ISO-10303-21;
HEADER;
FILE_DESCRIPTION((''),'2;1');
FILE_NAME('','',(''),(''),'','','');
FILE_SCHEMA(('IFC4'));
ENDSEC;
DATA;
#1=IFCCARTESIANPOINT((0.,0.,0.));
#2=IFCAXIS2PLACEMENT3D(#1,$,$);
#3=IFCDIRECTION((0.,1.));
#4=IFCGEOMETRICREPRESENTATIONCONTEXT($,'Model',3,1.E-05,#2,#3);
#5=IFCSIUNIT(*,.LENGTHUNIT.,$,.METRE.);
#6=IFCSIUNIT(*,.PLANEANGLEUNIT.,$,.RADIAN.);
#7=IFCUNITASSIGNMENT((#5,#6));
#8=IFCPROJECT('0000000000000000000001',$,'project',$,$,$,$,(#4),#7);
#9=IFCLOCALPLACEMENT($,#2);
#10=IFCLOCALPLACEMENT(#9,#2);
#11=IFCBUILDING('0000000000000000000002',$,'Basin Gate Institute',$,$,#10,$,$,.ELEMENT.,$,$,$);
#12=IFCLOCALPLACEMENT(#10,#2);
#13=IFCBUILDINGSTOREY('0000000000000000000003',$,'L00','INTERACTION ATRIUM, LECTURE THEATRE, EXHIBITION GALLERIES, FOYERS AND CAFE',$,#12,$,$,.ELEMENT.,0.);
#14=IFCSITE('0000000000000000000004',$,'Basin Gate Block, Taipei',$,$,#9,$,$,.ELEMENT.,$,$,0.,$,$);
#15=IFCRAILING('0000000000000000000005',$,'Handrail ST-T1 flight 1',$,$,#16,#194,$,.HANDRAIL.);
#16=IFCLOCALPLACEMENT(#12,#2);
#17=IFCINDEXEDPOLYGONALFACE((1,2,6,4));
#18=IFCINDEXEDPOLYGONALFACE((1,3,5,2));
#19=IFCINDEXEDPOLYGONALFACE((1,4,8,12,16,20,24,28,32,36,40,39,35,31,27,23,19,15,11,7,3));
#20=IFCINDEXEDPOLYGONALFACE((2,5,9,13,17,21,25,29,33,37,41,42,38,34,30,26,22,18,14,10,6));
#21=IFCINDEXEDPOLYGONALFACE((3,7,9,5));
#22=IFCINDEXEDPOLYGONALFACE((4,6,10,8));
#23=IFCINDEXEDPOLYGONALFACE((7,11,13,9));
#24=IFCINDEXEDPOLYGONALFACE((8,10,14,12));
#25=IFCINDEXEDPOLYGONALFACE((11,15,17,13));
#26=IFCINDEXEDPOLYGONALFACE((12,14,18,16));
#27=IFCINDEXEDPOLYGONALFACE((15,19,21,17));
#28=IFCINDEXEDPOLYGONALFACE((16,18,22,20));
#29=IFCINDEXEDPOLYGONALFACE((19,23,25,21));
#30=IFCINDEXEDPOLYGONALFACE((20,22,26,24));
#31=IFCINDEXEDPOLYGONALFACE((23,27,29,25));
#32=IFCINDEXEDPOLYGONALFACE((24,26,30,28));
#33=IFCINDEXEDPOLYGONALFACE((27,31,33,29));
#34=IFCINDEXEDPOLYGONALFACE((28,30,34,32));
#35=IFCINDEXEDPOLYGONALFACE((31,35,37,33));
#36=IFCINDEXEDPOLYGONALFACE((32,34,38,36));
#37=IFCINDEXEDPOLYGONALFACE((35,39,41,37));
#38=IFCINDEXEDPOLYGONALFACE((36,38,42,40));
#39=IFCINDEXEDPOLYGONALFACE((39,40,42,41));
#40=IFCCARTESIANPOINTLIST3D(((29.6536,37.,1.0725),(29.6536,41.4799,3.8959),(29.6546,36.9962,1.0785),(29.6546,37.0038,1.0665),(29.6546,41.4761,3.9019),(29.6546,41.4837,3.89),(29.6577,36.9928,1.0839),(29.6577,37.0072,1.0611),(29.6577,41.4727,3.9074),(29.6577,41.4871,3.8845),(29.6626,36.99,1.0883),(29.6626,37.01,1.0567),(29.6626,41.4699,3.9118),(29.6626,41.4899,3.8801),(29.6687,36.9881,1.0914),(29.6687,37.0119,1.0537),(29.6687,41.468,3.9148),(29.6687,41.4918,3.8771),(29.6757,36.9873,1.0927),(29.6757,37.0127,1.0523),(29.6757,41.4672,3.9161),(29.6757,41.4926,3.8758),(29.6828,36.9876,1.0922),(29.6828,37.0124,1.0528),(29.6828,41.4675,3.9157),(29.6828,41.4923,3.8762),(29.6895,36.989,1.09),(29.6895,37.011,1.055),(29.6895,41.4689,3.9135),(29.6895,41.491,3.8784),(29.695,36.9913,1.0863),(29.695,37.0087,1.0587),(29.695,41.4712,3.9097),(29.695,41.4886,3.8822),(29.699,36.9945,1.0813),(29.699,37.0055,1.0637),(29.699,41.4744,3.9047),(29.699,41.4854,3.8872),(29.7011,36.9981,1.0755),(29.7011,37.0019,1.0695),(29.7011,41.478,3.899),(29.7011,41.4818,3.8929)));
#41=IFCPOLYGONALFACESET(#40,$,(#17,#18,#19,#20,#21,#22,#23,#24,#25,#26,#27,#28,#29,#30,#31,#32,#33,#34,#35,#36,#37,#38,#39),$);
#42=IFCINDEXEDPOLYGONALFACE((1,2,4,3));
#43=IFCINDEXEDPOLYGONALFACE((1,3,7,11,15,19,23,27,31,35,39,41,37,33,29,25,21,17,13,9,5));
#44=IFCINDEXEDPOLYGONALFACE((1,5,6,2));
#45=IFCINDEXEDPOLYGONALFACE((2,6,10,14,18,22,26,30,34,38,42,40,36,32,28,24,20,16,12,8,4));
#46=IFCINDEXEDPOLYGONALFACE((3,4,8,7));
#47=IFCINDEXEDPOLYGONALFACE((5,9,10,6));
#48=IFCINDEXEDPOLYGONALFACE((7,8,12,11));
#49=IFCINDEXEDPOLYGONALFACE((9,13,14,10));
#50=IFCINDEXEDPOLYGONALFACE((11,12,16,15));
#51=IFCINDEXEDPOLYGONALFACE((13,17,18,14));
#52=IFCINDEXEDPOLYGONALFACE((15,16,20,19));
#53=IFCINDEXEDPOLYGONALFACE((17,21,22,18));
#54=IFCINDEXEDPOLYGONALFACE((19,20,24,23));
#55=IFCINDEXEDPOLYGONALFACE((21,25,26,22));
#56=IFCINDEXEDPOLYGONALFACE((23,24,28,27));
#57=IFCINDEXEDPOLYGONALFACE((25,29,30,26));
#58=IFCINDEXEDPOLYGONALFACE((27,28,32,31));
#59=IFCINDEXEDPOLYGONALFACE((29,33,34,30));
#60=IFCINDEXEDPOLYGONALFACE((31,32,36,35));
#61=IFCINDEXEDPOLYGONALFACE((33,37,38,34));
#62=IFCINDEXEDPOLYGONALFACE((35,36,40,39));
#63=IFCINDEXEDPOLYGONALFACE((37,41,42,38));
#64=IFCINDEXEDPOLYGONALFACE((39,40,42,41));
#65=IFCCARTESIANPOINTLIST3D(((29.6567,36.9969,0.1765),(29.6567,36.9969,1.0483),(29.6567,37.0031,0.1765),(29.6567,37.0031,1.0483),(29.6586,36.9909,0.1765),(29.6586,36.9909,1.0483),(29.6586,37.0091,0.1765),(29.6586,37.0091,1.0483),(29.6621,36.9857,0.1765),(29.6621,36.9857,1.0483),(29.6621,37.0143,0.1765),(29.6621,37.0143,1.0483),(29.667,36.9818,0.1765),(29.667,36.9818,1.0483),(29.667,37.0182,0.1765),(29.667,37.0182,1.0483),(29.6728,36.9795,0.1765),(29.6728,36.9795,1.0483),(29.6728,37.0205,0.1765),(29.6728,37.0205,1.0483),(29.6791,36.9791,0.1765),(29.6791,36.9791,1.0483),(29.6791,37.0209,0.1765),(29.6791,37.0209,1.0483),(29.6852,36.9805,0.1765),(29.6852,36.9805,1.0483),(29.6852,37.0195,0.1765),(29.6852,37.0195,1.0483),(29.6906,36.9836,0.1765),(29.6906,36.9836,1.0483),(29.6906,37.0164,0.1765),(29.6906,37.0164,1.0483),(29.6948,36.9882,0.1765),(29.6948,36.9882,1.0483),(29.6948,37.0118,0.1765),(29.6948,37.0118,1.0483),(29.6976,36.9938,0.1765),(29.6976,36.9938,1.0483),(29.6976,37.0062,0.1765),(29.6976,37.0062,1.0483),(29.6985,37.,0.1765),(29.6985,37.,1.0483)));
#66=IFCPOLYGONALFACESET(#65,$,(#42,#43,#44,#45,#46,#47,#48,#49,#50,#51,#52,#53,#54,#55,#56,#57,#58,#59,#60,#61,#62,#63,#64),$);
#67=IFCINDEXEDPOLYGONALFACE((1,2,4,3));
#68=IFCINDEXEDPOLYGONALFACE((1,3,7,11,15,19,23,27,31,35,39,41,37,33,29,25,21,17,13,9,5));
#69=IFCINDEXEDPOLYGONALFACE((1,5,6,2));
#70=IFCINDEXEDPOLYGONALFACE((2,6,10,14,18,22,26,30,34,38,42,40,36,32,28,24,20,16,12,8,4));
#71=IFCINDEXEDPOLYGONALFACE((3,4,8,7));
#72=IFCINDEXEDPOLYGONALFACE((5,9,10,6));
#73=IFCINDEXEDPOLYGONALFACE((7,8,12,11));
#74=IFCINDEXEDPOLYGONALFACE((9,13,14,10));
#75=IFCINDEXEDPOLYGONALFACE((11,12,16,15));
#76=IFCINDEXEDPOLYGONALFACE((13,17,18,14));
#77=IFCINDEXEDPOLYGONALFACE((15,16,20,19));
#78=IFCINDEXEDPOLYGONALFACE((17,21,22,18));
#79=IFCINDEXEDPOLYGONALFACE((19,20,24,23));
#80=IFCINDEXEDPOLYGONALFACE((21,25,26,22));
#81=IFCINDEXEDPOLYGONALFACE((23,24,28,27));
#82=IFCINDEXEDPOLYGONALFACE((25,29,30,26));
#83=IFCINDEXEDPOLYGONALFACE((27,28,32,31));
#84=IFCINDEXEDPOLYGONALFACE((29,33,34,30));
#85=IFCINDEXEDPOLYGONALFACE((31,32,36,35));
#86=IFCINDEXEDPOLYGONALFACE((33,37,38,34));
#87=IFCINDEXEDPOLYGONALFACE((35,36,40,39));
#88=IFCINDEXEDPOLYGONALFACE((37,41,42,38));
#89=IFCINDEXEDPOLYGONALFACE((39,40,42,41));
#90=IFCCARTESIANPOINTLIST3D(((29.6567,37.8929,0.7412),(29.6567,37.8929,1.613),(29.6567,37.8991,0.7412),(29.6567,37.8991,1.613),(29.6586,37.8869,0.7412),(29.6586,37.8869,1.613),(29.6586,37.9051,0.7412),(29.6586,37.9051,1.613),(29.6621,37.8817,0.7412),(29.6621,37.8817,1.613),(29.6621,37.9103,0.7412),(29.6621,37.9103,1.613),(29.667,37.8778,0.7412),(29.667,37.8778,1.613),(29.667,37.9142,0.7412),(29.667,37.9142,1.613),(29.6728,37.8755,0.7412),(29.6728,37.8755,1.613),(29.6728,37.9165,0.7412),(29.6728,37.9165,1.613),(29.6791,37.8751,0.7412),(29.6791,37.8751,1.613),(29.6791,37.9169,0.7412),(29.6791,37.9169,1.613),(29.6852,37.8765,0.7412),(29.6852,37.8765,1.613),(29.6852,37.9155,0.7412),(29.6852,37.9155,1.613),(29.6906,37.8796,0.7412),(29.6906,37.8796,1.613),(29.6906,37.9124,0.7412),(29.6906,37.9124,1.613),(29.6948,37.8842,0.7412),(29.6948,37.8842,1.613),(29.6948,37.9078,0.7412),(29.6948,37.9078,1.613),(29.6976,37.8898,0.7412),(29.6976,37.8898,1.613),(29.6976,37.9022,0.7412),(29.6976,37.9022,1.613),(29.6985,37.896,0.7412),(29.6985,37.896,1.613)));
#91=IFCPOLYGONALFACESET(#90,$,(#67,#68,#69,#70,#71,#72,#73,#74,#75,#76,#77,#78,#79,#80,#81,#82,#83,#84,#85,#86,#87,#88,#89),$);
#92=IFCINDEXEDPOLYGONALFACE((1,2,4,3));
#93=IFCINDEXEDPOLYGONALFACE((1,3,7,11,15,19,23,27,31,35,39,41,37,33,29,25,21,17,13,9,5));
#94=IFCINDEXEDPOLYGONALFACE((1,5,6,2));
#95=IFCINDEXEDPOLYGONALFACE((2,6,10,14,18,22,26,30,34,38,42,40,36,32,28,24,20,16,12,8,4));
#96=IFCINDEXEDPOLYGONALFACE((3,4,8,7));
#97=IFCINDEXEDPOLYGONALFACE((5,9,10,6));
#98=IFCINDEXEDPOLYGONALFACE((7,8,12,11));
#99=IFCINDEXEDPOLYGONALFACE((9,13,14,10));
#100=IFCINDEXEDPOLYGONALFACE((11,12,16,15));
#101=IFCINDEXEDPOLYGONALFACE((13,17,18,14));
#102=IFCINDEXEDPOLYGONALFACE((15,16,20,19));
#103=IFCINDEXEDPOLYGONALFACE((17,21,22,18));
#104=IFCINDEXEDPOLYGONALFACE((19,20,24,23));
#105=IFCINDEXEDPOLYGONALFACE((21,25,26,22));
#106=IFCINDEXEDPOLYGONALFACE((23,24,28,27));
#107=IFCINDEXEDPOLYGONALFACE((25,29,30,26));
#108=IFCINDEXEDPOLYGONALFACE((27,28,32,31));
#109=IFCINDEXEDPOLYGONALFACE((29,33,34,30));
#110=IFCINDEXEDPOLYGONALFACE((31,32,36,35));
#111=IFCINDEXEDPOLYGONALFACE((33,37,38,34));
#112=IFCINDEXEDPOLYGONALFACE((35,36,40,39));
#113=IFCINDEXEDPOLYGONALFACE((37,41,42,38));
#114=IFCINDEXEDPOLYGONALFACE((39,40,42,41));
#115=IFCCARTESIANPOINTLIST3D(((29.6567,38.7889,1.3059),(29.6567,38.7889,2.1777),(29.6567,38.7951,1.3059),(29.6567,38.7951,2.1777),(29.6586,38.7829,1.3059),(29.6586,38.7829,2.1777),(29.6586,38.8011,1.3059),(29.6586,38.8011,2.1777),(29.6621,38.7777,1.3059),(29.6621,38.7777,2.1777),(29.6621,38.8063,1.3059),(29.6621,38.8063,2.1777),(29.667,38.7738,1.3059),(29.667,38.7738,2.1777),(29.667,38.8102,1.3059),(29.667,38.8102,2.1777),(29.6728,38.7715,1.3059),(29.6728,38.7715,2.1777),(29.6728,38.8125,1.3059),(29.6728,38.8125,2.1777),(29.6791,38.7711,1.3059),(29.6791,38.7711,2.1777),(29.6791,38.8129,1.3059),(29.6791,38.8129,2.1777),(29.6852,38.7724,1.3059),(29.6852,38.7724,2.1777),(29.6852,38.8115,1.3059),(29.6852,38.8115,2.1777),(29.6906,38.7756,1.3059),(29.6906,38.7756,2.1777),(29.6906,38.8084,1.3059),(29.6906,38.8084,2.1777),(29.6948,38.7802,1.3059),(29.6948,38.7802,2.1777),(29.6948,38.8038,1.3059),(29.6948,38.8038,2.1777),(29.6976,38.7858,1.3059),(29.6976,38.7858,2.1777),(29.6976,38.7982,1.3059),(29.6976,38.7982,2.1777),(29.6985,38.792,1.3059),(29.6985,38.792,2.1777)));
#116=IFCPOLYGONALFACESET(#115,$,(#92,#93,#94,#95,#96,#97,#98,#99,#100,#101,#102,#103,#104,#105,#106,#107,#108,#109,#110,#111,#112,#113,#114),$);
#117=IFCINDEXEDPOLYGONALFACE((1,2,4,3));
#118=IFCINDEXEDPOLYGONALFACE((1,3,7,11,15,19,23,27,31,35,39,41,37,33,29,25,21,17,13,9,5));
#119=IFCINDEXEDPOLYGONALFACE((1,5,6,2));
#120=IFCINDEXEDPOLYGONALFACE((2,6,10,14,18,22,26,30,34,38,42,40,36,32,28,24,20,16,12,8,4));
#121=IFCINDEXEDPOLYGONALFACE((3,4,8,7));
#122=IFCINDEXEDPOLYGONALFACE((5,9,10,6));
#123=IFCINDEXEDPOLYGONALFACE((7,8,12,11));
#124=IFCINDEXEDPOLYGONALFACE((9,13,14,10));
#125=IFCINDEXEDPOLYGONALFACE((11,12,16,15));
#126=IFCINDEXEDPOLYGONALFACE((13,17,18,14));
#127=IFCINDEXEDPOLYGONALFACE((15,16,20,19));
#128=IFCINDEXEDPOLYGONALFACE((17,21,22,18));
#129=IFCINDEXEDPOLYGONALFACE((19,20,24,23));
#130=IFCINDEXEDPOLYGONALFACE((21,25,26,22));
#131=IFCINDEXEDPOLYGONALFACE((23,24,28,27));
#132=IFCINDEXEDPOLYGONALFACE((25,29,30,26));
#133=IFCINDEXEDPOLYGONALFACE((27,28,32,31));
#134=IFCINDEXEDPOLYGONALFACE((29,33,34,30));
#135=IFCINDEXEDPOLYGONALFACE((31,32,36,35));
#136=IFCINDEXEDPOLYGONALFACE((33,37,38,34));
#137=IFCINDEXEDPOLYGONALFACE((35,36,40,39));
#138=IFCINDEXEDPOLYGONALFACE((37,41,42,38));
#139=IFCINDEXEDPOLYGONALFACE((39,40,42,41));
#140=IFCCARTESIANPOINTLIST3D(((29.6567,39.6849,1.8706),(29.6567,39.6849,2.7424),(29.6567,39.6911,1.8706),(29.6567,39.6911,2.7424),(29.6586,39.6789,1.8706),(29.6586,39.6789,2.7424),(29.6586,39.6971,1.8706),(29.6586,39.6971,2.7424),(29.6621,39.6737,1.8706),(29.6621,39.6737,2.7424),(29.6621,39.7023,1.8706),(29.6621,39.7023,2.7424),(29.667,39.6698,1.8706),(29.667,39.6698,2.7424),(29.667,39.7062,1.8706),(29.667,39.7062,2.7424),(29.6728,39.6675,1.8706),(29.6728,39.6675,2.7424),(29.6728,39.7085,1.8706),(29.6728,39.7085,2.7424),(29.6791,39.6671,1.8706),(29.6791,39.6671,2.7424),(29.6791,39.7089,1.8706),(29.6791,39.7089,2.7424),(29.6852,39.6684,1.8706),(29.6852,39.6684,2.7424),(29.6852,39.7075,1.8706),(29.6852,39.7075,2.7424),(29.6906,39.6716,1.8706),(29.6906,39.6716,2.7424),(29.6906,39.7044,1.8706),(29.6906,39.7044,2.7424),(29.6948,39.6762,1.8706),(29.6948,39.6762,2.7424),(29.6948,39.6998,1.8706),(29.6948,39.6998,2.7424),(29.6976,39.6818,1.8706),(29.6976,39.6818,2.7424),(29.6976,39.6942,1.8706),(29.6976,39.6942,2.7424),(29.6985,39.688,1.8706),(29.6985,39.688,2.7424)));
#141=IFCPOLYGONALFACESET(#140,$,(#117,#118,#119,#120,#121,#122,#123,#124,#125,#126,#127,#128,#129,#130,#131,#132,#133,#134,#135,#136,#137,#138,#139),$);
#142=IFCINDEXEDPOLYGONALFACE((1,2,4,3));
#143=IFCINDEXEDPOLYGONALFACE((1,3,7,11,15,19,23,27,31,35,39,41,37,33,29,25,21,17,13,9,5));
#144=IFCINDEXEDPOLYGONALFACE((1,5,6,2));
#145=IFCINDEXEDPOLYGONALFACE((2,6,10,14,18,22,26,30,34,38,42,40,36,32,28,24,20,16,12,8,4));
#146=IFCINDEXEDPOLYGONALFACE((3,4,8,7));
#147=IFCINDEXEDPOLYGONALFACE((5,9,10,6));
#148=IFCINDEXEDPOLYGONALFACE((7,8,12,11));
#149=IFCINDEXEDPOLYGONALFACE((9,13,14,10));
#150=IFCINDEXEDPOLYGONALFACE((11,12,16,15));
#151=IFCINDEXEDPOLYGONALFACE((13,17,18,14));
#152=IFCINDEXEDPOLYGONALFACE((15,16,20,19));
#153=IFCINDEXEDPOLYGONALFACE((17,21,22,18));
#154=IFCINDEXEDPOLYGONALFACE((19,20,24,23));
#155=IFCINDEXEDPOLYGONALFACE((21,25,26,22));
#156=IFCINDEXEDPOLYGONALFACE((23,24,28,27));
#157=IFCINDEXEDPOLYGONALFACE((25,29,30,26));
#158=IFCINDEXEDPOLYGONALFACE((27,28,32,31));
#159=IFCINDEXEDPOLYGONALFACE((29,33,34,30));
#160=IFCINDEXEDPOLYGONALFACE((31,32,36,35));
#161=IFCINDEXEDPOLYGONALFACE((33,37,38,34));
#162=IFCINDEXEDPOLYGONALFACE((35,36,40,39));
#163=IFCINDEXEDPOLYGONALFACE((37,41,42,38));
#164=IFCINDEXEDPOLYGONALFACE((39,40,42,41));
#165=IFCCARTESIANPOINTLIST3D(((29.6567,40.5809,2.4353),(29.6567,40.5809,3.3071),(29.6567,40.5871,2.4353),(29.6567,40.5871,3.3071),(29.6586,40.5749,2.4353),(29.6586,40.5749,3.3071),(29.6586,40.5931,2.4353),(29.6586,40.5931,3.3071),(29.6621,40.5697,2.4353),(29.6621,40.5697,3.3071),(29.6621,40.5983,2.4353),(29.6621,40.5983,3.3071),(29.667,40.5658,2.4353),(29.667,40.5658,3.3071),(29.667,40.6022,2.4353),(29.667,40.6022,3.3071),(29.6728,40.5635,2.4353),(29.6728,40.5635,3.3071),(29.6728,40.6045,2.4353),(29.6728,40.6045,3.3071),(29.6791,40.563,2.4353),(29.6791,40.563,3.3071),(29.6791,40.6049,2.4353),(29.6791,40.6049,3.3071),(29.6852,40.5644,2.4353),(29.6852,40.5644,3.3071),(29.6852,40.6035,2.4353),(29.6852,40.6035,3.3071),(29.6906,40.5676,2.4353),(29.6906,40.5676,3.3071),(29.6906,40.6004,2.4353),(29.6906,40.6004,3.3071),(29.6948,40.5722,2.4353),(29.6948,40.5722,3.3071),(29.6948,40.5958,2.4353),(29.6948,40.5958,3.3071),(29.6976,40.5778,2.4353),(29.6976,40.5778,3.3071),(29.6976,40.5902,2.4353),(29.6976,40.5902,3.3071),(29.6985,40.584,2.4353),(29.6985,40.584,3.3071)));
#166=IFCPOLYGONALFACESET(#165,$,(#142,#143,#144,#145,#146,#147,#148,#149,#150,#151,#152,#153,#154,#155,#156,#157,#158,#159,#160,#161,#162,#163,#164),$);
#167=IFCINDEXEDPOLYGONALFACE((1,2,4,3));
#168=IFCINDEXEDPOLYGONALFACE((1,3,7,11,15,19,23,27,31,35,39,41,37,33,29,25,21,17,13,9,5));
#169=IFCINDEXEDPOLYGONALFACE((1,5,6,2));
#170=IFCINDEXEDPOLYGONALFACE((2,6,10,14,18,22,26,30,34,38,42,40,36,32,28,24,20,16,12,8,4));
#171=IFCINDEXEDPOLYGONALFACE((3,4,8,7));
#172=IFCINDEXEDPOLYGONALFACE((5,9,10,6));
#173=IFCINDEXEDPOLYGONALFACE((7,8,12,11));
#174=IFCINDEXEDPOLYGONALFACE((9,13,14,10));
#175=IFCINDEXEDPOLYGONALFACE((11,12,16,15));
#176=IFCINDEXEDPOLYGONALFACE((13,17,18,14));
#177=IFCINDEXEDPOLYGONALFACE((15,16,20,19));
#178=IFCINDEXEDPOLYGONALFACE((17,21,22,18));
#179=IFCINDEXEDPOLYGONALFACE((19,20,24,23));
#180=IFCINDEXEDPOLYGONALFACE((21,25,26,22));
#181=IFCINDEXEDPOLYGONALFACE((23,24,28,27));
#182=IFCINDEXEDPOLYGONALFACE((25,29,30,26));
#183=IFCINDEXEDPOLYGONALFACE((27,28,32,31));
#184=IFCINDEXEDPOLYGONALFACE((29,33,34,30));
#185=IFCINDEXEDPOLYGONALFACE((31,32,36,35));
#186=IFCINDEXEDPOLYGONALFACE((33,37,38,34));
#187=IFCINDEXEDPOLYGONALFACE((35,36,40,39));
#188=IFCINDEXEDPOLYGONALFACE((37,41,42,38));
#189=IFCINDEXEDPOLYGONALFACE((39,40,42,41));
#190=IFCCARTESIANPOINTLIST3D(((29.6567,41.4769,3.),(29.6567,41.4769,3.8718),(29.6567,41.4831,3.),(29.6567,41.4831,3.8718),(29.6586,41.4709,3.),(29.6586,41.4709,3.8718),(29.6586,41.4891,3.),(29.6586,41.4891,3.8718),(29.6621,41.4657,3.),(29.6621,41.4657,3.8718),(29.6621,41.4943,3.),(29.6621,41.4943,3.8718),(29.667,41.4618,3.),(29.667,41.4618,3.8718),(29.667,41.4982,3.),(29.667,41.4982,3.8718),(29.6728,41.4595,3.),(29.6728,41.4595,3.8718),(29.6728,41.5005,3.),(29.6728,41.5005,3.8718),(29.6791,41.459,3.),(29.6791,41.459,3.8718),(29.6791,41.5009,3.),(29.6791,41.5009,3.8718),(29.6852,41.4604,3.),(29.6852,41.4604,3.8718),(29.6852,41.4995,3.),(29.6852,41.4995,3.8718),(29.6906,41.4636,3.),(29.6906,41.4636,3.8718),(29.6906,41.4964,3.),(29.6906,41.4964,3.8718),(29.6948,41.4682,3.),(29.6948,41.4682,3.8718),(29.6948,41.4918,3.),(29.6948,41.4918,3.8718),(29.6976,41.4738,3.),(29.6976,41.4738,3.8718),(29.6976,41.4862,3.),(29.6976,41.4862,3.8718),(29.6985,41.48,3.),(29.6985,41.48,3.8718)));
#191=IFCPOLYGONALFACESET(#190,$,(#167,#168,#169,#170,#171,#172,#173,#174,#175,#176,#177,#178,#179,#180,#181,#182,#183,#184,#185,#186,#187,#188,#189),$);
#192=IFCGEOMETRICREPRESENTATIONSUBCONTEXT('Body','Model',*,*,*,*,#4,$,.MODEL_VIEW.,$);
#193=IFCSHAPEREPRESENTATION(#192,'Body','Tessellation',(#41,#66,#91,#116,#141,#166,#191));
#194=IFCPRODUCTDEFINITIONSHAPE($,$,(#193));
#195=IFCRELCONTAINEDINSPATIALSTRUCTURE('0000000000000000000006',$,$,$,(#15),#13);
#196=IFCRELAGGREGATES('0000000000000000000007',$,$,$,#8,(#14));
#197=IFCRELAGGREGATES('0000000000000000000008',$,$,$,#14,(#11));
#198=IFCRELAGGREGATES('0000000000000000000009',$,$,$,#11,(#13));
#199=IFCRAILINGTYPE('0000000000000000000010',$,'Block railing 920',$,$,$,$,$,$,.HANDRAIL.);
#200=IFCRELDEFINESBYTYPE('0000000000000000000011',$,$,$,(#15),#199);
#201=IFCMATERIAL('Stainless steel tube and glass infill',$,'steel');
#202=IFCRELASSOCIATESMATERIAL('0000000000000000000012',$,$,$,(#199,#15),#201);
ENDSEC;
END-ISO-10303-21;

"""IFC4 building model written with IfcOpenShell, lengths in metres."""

from ifc_helpers import new_model, si_unit, direction, frame, origin, origin_2d, place, context, subcontext, project, spatial, circle, extrude, material, type_object, element, save


model = new_model("IFC4")

# Units and contexts
model_context = context("Model", 3, precision=1e-05, world=origin(), true_north=direction((0.0, 1.0)))
body_context = subcontext(model_context, "Body", "Model", "MODEL_VIEW")
ifc_project = project(units=[si_unit("LENGTHUNIT", "METRE"), si_unit("PLANEANGLEUNIT", "RADIAN")], contexts=[model_context])

# Site, building, storey
site_placement = place(None, origin())
site = spatial("IfcSite", under=ifc_project, at=site_placement, Name="Basin Gate Block, Taipei", CompositionType="ELEMENT", RefElevation=0.0)
building_placement = place(site_placement, origin())
building = spatial("IfcBuilding", under=site, at=building_placement, Name="Basin Gate Institute", CompositionType="ELEMENT")
storey_placement = place(building_placement, origin())
storey = spatial("IfcBuildingStorey", under=building, at=storey_placement, Name="L00", Description="INTERACTION ATRIUM, LECTURE THEATRE, EXHIBITION GALLERIES, FOYERS AND CAFE", CompositionType="ELEMENT", Elevation=0.0)

# Railing
ifc_material_1 = material(Name="Stainless steel tube and glass infill", Category="steel")
railing_type_1 = type_object("IfcRailingType", Name="Block railing 920", PredefinedType="HANDRAIL", material=ifc_material_1)
for number, where, name in (
    (1, (29.6775, 37.0, 0.1765), "Handrail ST-T1 flight 1"),
):
    element("IfcRailing", number, at=place(storey_placement, frame(where)), inside=storey, type_object=railing_type_1, material=ifc_material_1, Name=name, PredefinedType="HANDRAIL", context=body_context, shape_type="SweptSolid", body=[
        extrude(circle(Radius=0.0239, at=origin_2d()), frame((0.0, 0.0, 0.896), z_axis=(0.0, 0.845998, 0.533186), x_axis=(-1.0, 0.0, 0.0)), (0.0, 0.0, 1.0), 5.2954),
        extrude(circle(Radius=0.021, at=origin_2d()), origin(), (0.0, 0.0, 1.0), 0.8718),
        extrude(circle(Radius=0.021, at=origin_2d()), frame((0.0, 0.896, 0.5647)), (0.0, 0.0, 1.0), 0.8718),
        extrude(circle(Radius=0.021, at=origin_2d()), frame((0.0, 1.792, 1.1294)), (0.0, 0.0, 1.0), 0.8718),
        extrude(circle(Radius=0.021, at=origin_2d()), frame((0.0, 2.688, 1.6941)), (0.0, 0.0, 1.0), 0.8718),
        extrude(circle(Radius=0.021, at=origin_2d()), frame((0.0, 3.584, 2.2588)), (0.0, 0.0, 1.0), 0.8718),
        extrude(circle(Radius=0.021, at=origin_2d()), frame((0.0, 4.48, 2.8235)), (0.0, 0.0, 1.0), 0.8718),
    ])

save(model, "model.ifc")
